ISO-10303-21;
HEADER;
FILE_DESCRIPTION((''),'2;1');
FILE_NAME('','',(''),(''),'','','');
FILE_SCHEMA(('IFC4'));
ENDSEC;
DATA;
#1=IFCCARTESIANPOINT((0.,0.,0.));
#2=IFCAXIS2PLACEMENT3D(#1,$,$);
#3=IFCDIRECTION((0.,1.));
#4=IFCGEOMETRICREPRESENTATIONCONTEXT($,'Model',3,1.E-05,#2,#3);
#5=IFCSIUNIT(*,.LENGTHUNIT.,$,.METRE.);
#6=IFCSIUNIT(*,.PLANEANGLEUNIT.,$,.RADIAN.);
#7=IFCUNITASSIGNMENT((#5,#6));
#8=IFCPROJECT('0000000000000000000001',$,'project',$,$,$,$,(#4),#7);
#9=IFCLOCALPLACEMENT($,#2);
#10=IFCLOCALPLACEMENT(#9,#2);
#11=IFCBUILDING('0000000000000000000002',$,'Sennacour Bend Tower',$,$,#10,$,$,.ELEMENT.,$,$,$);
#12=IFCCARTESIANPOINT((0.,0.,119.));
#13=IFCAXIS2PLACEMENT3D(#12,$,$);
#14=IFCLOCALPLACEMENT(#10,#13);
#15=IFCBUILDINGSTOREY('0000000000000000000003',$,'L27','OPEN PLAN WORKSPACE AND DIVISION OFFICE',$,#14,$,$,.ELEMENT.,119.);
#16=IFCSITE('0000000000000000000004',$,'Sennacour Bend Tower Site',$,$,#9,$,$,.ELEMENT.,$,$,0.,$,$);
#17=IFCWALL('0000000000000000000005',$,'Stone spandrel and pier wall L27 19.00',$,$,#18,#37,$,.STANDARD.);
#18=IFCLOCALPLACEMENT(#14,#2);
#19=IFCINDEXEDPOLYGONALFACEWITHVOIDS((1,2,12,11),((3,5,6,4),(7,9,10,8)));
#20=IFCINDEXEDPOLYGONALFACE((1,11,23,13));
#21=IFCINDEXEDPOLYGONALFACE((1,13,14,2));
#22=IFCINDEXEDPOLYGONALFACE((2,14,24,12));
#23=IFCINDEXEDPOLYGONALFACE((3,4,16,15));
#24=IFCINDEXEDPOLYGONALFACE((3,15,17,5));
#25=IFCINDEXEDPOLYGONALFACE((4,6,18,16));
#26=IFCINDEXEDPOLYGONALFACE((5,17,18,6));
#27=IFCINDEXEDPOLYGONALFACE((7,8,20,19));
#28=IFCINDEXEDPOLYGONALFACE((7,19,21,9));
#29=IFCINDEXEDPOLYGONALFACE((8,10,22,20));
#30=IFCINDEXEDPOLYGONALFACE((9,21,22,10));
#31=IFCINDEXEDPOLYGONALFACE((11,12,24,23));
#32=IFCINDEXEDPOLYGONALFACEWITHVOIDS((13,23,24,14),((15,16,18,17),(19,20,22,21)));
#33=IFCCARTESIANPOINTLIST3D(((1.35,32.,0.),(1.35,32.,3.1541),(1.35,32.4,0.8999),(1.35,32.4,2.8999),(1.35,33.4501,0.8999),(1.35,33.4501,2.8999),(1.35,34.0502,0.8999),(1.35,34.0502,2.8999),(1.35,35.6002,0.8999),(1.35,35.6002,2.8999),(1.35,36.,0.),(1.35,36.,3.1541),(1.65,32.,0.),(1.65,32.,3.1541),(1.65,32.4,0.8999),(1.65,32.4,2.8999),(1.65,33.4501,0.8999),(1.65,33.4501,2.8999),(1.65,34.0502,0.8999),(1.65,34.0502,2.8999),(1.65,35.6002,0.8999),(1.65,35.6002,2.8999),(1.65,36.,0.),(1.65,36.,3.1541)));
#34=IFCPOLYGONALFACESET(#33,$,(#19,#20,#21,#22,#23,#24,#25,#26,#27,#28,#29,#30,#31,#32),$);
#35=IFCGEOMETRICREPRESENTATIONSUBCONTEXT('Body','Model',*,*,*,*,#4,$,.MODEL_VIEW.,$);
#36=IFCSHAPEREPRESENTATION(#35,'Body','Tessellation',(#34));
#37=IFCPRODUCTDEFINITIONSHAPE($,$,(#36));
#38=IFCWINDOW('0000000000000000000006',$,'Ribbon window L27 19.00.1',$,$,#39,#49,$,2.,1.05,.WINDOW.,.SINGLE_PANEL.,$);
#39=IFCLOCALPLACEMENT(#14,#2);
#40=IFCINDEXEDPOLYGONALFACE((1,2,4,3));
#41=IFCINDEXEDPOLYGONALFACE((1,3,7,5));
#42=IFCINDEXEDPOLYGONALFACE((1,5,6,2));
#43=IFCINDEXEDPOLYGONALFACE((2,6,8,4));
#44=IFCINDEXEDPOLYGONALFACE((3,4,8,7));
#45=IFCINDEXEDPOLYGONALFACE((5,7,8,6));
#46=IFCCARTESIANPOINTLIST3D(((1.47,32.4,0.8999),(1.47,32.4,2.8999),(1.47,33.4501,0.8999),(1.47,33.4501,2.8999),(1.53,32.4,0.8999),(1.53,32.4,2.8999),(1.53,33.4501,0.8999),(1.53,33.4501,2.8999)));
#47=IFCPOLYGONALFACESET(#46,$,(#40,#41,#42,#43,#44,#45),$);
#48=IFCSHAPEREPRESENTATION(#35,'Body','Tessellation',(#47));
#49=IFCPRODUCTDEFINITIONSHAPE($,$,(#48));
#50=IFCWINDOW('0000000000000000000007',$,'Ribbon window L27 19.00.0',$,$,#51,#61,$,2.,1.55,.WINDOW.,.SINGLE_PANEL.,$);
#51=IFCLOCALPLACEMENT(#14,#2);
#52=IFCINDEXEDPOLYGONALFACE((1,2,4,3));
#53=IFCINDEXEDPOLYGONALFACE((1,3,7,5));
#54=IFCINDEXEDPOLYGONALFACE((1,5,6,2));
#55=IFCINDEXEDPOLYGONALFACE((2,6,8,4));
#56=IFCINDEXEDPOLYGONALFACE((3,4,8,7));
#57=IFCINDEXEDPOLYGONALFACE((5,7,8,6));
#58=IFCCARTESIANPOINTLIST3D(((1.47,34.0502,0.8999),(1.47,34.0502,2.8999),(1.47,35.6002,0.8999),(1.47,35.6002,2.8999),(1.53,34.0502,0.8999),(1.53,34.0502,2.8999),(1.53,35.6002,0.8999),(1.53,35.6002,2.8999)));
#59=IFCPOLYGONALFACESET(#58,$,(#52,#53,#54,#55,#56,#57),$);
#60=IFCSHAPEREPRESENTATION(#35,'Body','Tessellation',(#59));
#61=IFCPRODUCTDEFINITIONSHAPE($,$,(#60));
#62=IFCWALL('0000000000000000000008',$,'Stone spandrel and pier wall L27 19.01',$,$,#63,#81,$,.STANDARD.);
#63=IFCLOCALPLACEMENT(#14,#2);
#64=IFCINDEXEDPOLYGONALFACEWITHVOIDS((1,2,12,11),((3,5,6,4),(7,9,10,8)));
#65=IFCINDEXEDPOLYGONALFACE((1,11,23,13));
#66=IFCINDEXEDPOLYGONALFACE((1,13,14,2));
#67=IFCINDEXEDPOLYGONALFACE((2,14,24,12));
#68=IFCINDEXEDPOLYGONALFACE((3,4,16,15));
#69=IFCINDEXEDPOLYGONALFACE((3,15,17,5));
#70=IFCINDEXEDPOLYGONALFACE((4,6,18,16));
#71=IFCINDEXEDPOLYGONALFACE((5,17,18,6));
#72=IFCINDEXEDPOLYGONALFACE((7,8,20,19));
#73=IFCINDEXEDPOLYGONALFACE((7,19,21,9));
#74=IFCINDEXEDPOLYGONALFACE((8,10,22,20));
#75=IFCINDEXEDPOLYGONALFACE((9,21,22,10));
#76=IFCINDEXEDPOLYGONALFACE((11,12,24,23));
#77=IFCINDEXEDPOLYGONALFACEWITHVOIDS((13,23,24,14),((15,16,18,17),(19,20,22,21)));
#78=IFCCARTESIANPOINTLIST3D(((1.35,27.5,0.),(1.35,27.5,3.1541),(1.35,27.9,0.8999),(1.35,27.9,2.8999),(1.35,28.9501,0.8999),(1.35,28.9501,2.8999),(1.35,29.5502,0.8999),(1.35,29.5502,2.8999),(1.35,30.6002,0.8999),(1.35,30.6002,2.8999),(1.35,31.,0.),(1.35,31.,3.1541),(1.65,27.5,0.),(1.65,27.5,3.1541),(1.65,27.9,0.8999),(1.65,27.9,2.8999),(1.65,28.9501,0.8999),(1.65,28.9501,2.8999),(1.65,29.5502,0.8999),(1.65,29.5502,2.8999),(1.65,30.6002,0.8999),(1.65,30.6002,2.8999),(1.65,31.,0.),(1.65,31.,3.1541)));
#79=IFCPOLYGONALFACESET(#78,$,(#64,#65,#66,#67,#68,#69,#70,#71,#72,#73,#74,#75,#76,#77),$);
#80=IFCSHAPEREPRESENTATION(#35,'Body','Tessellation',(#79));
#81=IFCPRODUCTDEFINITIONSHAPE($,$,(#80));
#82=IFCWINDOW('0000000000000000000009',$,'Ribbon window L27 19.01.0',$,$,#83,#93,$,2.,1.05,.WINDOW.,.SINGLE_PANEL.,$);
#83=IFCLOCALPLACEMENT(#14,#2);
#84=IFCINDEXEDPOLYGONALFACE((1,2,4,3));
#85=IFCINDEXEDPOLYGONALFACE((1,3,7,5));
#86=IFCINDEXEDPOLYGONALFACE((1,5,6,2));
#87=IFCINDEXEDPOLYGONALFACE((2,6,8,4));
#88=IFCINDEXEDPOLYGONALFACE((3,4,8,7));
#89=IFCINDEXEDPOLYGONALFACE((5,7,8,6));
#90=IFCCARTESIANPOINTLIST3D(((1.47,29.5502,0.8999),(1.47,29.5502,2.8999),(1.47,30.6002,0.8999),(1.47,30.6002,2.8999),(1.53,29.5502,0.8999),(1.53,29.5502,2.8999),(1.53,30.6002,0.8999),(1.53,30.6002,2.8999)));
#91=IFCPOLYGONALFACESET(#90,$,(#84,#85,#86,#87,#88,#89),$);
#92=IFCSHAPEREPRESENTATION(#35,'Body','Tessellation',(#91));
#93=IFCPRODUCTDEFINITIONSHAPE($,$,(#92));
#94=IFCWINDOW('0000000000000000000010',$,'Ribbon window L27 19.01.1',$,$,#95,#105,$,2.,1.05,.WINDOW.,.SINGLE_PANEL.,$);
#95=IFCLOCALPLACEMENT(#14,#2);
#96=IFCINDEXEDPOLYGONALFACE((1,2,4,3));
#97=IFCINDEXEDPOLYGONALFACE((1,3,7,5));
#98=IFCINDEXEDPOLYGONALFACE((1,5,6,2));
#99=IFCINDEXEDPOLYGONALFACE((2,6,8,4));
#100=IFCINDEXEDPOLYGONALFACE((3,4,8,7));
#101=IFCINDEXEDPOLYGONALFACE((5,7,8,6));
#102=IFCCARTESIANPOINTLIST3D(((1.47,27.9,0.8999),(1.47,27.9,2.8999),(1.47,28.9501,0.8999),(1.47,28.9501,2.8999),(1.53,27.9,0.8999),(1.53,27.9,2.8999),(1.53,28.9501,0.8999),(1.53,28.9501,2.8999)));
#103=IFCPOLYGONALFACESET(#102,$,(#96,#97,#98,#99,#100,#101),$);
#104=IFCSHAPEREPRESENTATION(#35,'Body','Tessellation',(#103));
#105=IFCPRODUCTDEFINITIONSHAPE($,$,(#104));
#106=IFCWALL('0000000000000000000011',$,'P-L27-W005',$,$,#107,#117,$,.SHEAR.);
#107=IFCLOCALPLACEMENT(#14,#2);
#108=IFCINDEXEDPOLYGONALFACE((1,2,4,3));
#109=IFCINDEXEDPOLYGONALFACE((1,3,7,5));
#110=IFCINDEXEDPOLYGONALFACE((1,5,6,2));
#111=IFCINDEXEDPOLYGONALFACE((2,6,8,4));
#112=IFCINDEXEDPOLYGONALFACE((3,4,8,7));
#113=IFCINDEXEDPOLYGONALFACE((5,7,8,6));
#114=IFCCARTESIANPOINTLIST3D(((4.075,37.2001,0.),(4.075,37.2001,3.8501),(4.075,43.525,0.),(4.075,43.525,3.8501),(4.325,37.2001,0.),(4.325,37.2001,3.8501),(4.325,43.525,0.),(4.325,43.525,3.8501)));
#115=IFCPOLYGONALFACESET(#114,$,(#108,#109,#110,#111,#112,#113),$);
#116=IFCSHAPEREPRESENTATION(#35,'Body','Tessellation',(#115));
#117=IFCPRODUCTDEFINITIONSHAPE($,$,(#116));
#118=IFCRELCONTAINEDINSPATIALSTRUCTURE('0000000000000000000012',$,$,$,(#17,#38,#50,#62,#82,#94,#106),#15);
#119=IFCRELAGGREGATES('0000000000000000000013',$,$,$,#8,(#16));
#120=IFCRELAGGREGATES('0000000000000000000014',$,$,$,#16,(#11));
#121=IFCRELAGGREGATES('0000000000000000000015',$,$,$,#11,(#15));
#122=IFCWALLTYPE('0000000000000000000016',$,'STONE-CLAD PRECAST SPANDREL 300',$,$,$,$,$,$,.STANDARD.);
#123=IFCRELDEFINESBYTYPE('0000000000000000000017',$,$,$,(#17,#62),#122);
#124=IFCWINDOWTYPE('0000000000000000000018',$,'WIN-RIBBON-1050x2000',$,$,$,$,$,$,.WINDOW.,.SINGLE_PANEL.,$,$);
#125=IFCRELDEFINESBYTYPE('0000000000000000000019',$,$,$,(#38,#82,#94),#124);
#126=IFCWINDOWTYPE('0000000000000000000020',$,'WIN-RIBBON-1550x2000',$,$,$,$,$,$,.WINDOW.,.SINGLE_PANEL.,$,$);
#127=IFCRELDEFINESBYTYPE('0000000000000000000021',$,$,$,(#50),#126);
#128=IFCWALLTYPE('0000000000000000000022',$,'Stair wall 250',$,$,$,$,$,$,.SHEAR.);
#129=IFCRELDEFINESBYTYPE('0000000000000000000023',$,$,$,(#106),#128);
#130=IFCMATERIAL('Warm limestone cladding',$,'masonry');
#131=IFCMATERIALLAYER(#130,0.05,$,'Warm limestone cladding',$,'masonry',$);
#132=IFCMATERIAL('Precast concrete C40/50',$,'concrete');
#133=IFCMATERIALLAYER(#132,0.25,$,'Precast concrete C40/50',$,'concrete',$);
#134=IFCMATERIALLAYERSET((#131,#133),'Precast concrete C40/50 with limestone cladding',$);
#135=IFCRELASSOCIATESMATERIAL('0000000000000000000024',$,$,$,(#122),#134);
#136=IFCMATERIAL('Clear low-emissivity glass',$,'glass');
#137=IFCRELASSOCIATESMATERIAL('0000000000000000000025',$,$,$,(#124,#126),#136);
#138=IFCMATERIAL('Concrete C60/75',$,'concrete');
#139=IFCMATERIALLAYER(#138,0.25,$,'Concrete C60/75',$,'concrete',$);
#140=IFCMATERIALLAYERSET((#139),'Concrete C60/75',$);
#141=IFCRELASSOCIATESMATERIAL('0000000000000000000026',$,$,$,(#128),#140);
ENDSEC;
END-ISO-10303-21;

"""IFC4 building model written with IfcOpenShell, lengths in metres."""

from ifc_helpers import new_model, si_unit, direction, frame, frame_2d, origin, place, context, subcontext, project, spatial, rectangle, extrude, material, layer, layer_set, type_object, element, fill, save


model = new_model("IFC4")

# Units and contexts
model_context = context("Model", 3, precision=1e-05, world=origin(), true_north=direction((0.0, 1.0)))
body_context = subcontext(model_context, "Body", "Model", "MODEL_VIEW")
ifc_project = project(units=[si_unit("LENGTHUNIT", "METRE"), si_unit("PLANEANGLEUNIT", "RADIAN")], contexts=[model_context])

# Site, building, storey
site_placement = place(None, origin())
site = spatial("IfcSite", under=ifc_project, at=site_placement, Name="Sennacour Bend Tower Site", CompositionType="ELEMENT", RefElevation=0.0)
building_placement = place(site_placement, origin())
building = spatial("IfcBuilding", under=site, at=building_placement, Name="Sennacour Bend Tower", CompositionType="ELEMENT")
storey_placement = place(building_placement, frame((0.0, 0.0, 119.0)))
storey = spatial("IfcBuildingStorey", under=building, at=storey_placement, Name="L27", Description="OPEN PLAN WORKSPACE AND DIVISION OFFICE", CompositionType="ELEMENT", Elevation=119.0)

# Walls, openings, windows
ifc_material_1 = material(Name="Warm limestone cladding", Category="masonry")
ifc_layer_1 = layer(ifc_material_1, 0.05, Name="Warm limestone cladding", Category="masonry")
ifc_material_2 = material(Name="Precast concrete C40/50", Category="concrete")
ifc_layer_2 = layer(ifc_material_2, 0.25, Name="Precast concrete C40/50", Category="concrete")
ifc_layer_set_1 = layer_set([ifc_layer_1, ifc_layer_2], Name="Precast concrete C40/50 with limestone cladding")
wall_type_1 = type_object("IfcWallType", Name="STONE-CLAD PRECAST SPANDREL 300", PredefinedType="STANDARD", material=ifc_layer_set_1)
wall_1_placement = place(storey_placement, frame((1.5, 36.0, 0.0), z_axis=(0.0, 0.0, 1.0), x_axis=(0.0, -1.0, 0.0)))
wall_1 = element("IfcWall", 1, at=wall_1_placement, inside=storey, type_object=wall_type_1, Name="Stone spandrel and pier wall L27 19.00", PredefinedType="STANDARD", context=body_context, shape_type="SweptSolid", body=[
    extrude(rectangle(XDim=4.0, YDim=0.3, at=frame_2d((2.0, 0.0))), origin(), (0.0, 0.0, 1.0), 3.1541),
])
opening_1_placement = place(wall_1_placement, frame((0.3999, 0.0, 0.8999)))
opening_1 = element("IfcOpeningElement", 2, at=opening_1_placement, cuts=wall_1, PredefinedType="OPENING", context=body_context, shape_type="SweptSolid", body=[
    extrude(rectangle(XDim=1.55, YDim=2.0, at=frame_2d((0.7749, 1.0))), frame((0.0, 0.1602, 0.0), z_axis=(0.0, -1.0, 0.0), x_axis=(1.0, 0.0, 0.0)), (0.0, 0.0, 1.0), 0.3201),
])
opening_2_placement = place(wall_1_placement, frame((2.55, 0.0, 0.8999)))
opening_2 = element("IfcOpeningElement", 3, at=opening_2_placement, cuts=wall_1, PredefinedType="OPENING", context=body_context, shape_type="SweptSolid", body=[
    extrude(rectangle(XDim=1.05, YDim=2.0, at=frame_2d((0.5249, 1.0))), frame((0.0, 0.1602, 0.0), z_axis=(0.0, -1.0, 0.0), x_axis=(1.0, 0.0, 0.0)), (0.0, 0.0, 1.0), 0.3201),
])
ifc_material_3 = material(Name="Clear low-emissivity glass", Category="glass")
window_type_1 = type_object("IfcWindowType", Name="WIN-RIBBON-1050x2000", PartitioningType="SINGLE_PANEL", PredefinedType="WINDOW", material=ifc_material_3)
window_1_placement = place(opening_2_placement, origin())
window_1 = element("IfcWindow", 4, at=window_1_placement, inside=storey, type_object=window_type_1, Name="Ribbon window L27 19.00.1", OverallHeight=2.0, OverallWidth=1.05, PartitioningType="SINGLE_PANEL", PredefinedType="WINDOW", context=body_context, shape_type="SweptSolid", body=[
    extrude(rectangle(XDim=1.05, YDim=2.0, at=frame_2d((0.5249, 1.0))), frame((0.0, 0.03, 0.0), z_axis=(0.0, -1.0, 0.0), x_axis=(1.0, 0.0, 0.0)), (0.0, 0.0, 1.0), 0.0601),
])
fill(opening_2, window_1)
window_type_2 = type_object("IfcWindowType", Name="WIN-RIBBON-1550x2000", PartitioningType="SINGLE_PANEL", PredefinedType="WINDOW", material=ifc_material_3)
window_2_placement = place(opening_1_placement, origin())
window_2 = element("IfcWindow", 5, at=window_2_placement, inside=storey, type_object=window_type_2, Name="Ribbon window L27 19.00.0", OverallHeight=2.0, OverallWidth=1.55, PartitioningType="SINGLE_PANEL", PredefinedType="WINDOW", context=body_context, shape_type="SweptSolid", body=[
    extrude(rectangle(XDim=1.55, YDim=2.0, at=frame_2d((0.7749, 1.0))), frame((0.0, 0.03, 0.0), z_axis=(0.0, -1.0, 0.0), x_axis=(1.0, 0.0, 0.0)), (0.0, 0.0, 1.0), 0.0601),
])
fill(opening_1, window_2)
wall_2_placement = place(storey_placement, frame((1.5, 31.0, 0.0), z_axis=(0.0, 0.0, 1.0), x_axis=(0.0, -1.0, 0.0)))
wall_2 = element("IfcWall", 6, at=wall_2_placement, inside=storey, type_object=wall_type_1, Name="Stone spandrel and pier wall L27 19.01", PredefinedType="STANDARD", context=body_context, shape_type="SweptSolid", body=[
    extrude(rectangle(XDim=3.5, YDim=0.3, at=frame_2d((1.75, 0.0))), origin(), (0.0, 0.0, 1.0), 3.1541),
])
opening_3_placement = place(wall_2_placement, frame((0.3999, 0.0, 0.8999)))
opening_3 = element("IfcOpeningElement", 7, at=opening_3_placement, cuts=wall_2, PredefinedType="OPENING", context=body_context, shape_type="SweptSolid", body=[
    extrude(rectangle(XDim=1.05, YDim=2.0, at=frame_2d((0.5249, 1.0))), frame((0.0, 0.1602, 0.0), z_axis=(0.0, -1.0, 0.0), x_axis=(1.0, 0.0, 0.0)), (0.0, 0.0, 1.0), 0.3201),
])
opening_4_placement = place(wall_2_placement, frame((2.05, 0.0, 0.8999)))
opening_4 = element("IfcOpeningElement", 8, at=opening_4_placement, cuts=wall_2, PredefinedType="OPENING", context=body_context, shape_type="SweptSolid", body=[
    extrude(rectangle(XDim=1.05, YDim=2.0, at=frame_2d((0.5249, 1.0))), frame((0.0, 0.1602, 0.0), z_axis=(0.0, -1.0, 0.0), x_axis=(1.0, 0.0, 0.0)), (0.0, 0.0, 1.0), 0.3201),
])
window_3_placement = place(opening_3_placement, origin())
window_3 = element("IfcWindow", 9, at=window_3_placement, inside=storey, type_object=window_type_1, Name="Ribbon window L27 19.01.0", OverallHeight=2.0, OverallWidth=1.05, PartitioningType="SINGLE_PANEL", PredefinedType="WINDOW", context=body_context, shape_type="SweptSolid", body=[
    extrude(rectangle(XDim=1.05, YDim=2.0, at=frame_2d((0.5249, 1.0))), frame((0.0, 0.03, 0.0), z_axis=(0.0, -1.0, 0.0), x_axis=(1.0, 0.0, 0.0)), (0.0, 0.0, 1.0), 0.0601),
])
fill(opening_3, window_3)
window_4_placement = place(opening_4_placement, origin())
window_4 = element("IfcWindow", 10, at=window_4_placement, inside=storey, type_object=window_type_1, Name="Ribbon window L27 19.01.1", OverallHeight=2.0, OverallWidth=1.05, PartitioningType="SINGLE_PANEL", PredefinedType="WINDOW", context=body_context, shape_type="SweptSolid", body=[
    extrude(rectangle(XDim=1.05, YDim=2.0, at=frame_2d((0.5249, 1.0))), frame((0.0, 0.03, 0.0), z_axis=(0.0, -1.0, 0.0), x_axis=(1.0, 0.0, 0.0)), (0.0, 0.0, 1.0), 0.0601),
])
fill(opening_4, window_4)

# Wall
ifc_material_4 = material(Name="Concrete C60/75", Category="concrete")
ifc_layer_3 = layer(ifc_material_4, 0.25, Name="Concrete C60/75", Category="concrete")
ifc_layer_set_2 = layer_set([ifc_layer_3], Name="Concrete C60/75")
wall_type_2 = type_object("IfcWallType", Name="Stair wall 250", PredefinedType="SHEAR", material=ifc_layer_set_2)
wall_3_placement = place(storey_placement, frame((4.2, 37.2, 0.0), z_axis=(0.0, 0.0, 1.0), x_axis=(0.0, 1.0, 0.0)))
element("IfcWall", 11, at=wall_3_placement, inside=storey, type_object=wall_type_2, Name="P-L27-W005", PredefinedType="SHEAR", context=body_context, shape_type="SweptSolid", body=[
    extrude(rectangle(XDim=6.325, YDim=0.25, at=frame_2d((3.1626, 0.0))), origin(), (0.0, 0.0, 1.0), 3.8501),
])

save(model, "model.ifc")
